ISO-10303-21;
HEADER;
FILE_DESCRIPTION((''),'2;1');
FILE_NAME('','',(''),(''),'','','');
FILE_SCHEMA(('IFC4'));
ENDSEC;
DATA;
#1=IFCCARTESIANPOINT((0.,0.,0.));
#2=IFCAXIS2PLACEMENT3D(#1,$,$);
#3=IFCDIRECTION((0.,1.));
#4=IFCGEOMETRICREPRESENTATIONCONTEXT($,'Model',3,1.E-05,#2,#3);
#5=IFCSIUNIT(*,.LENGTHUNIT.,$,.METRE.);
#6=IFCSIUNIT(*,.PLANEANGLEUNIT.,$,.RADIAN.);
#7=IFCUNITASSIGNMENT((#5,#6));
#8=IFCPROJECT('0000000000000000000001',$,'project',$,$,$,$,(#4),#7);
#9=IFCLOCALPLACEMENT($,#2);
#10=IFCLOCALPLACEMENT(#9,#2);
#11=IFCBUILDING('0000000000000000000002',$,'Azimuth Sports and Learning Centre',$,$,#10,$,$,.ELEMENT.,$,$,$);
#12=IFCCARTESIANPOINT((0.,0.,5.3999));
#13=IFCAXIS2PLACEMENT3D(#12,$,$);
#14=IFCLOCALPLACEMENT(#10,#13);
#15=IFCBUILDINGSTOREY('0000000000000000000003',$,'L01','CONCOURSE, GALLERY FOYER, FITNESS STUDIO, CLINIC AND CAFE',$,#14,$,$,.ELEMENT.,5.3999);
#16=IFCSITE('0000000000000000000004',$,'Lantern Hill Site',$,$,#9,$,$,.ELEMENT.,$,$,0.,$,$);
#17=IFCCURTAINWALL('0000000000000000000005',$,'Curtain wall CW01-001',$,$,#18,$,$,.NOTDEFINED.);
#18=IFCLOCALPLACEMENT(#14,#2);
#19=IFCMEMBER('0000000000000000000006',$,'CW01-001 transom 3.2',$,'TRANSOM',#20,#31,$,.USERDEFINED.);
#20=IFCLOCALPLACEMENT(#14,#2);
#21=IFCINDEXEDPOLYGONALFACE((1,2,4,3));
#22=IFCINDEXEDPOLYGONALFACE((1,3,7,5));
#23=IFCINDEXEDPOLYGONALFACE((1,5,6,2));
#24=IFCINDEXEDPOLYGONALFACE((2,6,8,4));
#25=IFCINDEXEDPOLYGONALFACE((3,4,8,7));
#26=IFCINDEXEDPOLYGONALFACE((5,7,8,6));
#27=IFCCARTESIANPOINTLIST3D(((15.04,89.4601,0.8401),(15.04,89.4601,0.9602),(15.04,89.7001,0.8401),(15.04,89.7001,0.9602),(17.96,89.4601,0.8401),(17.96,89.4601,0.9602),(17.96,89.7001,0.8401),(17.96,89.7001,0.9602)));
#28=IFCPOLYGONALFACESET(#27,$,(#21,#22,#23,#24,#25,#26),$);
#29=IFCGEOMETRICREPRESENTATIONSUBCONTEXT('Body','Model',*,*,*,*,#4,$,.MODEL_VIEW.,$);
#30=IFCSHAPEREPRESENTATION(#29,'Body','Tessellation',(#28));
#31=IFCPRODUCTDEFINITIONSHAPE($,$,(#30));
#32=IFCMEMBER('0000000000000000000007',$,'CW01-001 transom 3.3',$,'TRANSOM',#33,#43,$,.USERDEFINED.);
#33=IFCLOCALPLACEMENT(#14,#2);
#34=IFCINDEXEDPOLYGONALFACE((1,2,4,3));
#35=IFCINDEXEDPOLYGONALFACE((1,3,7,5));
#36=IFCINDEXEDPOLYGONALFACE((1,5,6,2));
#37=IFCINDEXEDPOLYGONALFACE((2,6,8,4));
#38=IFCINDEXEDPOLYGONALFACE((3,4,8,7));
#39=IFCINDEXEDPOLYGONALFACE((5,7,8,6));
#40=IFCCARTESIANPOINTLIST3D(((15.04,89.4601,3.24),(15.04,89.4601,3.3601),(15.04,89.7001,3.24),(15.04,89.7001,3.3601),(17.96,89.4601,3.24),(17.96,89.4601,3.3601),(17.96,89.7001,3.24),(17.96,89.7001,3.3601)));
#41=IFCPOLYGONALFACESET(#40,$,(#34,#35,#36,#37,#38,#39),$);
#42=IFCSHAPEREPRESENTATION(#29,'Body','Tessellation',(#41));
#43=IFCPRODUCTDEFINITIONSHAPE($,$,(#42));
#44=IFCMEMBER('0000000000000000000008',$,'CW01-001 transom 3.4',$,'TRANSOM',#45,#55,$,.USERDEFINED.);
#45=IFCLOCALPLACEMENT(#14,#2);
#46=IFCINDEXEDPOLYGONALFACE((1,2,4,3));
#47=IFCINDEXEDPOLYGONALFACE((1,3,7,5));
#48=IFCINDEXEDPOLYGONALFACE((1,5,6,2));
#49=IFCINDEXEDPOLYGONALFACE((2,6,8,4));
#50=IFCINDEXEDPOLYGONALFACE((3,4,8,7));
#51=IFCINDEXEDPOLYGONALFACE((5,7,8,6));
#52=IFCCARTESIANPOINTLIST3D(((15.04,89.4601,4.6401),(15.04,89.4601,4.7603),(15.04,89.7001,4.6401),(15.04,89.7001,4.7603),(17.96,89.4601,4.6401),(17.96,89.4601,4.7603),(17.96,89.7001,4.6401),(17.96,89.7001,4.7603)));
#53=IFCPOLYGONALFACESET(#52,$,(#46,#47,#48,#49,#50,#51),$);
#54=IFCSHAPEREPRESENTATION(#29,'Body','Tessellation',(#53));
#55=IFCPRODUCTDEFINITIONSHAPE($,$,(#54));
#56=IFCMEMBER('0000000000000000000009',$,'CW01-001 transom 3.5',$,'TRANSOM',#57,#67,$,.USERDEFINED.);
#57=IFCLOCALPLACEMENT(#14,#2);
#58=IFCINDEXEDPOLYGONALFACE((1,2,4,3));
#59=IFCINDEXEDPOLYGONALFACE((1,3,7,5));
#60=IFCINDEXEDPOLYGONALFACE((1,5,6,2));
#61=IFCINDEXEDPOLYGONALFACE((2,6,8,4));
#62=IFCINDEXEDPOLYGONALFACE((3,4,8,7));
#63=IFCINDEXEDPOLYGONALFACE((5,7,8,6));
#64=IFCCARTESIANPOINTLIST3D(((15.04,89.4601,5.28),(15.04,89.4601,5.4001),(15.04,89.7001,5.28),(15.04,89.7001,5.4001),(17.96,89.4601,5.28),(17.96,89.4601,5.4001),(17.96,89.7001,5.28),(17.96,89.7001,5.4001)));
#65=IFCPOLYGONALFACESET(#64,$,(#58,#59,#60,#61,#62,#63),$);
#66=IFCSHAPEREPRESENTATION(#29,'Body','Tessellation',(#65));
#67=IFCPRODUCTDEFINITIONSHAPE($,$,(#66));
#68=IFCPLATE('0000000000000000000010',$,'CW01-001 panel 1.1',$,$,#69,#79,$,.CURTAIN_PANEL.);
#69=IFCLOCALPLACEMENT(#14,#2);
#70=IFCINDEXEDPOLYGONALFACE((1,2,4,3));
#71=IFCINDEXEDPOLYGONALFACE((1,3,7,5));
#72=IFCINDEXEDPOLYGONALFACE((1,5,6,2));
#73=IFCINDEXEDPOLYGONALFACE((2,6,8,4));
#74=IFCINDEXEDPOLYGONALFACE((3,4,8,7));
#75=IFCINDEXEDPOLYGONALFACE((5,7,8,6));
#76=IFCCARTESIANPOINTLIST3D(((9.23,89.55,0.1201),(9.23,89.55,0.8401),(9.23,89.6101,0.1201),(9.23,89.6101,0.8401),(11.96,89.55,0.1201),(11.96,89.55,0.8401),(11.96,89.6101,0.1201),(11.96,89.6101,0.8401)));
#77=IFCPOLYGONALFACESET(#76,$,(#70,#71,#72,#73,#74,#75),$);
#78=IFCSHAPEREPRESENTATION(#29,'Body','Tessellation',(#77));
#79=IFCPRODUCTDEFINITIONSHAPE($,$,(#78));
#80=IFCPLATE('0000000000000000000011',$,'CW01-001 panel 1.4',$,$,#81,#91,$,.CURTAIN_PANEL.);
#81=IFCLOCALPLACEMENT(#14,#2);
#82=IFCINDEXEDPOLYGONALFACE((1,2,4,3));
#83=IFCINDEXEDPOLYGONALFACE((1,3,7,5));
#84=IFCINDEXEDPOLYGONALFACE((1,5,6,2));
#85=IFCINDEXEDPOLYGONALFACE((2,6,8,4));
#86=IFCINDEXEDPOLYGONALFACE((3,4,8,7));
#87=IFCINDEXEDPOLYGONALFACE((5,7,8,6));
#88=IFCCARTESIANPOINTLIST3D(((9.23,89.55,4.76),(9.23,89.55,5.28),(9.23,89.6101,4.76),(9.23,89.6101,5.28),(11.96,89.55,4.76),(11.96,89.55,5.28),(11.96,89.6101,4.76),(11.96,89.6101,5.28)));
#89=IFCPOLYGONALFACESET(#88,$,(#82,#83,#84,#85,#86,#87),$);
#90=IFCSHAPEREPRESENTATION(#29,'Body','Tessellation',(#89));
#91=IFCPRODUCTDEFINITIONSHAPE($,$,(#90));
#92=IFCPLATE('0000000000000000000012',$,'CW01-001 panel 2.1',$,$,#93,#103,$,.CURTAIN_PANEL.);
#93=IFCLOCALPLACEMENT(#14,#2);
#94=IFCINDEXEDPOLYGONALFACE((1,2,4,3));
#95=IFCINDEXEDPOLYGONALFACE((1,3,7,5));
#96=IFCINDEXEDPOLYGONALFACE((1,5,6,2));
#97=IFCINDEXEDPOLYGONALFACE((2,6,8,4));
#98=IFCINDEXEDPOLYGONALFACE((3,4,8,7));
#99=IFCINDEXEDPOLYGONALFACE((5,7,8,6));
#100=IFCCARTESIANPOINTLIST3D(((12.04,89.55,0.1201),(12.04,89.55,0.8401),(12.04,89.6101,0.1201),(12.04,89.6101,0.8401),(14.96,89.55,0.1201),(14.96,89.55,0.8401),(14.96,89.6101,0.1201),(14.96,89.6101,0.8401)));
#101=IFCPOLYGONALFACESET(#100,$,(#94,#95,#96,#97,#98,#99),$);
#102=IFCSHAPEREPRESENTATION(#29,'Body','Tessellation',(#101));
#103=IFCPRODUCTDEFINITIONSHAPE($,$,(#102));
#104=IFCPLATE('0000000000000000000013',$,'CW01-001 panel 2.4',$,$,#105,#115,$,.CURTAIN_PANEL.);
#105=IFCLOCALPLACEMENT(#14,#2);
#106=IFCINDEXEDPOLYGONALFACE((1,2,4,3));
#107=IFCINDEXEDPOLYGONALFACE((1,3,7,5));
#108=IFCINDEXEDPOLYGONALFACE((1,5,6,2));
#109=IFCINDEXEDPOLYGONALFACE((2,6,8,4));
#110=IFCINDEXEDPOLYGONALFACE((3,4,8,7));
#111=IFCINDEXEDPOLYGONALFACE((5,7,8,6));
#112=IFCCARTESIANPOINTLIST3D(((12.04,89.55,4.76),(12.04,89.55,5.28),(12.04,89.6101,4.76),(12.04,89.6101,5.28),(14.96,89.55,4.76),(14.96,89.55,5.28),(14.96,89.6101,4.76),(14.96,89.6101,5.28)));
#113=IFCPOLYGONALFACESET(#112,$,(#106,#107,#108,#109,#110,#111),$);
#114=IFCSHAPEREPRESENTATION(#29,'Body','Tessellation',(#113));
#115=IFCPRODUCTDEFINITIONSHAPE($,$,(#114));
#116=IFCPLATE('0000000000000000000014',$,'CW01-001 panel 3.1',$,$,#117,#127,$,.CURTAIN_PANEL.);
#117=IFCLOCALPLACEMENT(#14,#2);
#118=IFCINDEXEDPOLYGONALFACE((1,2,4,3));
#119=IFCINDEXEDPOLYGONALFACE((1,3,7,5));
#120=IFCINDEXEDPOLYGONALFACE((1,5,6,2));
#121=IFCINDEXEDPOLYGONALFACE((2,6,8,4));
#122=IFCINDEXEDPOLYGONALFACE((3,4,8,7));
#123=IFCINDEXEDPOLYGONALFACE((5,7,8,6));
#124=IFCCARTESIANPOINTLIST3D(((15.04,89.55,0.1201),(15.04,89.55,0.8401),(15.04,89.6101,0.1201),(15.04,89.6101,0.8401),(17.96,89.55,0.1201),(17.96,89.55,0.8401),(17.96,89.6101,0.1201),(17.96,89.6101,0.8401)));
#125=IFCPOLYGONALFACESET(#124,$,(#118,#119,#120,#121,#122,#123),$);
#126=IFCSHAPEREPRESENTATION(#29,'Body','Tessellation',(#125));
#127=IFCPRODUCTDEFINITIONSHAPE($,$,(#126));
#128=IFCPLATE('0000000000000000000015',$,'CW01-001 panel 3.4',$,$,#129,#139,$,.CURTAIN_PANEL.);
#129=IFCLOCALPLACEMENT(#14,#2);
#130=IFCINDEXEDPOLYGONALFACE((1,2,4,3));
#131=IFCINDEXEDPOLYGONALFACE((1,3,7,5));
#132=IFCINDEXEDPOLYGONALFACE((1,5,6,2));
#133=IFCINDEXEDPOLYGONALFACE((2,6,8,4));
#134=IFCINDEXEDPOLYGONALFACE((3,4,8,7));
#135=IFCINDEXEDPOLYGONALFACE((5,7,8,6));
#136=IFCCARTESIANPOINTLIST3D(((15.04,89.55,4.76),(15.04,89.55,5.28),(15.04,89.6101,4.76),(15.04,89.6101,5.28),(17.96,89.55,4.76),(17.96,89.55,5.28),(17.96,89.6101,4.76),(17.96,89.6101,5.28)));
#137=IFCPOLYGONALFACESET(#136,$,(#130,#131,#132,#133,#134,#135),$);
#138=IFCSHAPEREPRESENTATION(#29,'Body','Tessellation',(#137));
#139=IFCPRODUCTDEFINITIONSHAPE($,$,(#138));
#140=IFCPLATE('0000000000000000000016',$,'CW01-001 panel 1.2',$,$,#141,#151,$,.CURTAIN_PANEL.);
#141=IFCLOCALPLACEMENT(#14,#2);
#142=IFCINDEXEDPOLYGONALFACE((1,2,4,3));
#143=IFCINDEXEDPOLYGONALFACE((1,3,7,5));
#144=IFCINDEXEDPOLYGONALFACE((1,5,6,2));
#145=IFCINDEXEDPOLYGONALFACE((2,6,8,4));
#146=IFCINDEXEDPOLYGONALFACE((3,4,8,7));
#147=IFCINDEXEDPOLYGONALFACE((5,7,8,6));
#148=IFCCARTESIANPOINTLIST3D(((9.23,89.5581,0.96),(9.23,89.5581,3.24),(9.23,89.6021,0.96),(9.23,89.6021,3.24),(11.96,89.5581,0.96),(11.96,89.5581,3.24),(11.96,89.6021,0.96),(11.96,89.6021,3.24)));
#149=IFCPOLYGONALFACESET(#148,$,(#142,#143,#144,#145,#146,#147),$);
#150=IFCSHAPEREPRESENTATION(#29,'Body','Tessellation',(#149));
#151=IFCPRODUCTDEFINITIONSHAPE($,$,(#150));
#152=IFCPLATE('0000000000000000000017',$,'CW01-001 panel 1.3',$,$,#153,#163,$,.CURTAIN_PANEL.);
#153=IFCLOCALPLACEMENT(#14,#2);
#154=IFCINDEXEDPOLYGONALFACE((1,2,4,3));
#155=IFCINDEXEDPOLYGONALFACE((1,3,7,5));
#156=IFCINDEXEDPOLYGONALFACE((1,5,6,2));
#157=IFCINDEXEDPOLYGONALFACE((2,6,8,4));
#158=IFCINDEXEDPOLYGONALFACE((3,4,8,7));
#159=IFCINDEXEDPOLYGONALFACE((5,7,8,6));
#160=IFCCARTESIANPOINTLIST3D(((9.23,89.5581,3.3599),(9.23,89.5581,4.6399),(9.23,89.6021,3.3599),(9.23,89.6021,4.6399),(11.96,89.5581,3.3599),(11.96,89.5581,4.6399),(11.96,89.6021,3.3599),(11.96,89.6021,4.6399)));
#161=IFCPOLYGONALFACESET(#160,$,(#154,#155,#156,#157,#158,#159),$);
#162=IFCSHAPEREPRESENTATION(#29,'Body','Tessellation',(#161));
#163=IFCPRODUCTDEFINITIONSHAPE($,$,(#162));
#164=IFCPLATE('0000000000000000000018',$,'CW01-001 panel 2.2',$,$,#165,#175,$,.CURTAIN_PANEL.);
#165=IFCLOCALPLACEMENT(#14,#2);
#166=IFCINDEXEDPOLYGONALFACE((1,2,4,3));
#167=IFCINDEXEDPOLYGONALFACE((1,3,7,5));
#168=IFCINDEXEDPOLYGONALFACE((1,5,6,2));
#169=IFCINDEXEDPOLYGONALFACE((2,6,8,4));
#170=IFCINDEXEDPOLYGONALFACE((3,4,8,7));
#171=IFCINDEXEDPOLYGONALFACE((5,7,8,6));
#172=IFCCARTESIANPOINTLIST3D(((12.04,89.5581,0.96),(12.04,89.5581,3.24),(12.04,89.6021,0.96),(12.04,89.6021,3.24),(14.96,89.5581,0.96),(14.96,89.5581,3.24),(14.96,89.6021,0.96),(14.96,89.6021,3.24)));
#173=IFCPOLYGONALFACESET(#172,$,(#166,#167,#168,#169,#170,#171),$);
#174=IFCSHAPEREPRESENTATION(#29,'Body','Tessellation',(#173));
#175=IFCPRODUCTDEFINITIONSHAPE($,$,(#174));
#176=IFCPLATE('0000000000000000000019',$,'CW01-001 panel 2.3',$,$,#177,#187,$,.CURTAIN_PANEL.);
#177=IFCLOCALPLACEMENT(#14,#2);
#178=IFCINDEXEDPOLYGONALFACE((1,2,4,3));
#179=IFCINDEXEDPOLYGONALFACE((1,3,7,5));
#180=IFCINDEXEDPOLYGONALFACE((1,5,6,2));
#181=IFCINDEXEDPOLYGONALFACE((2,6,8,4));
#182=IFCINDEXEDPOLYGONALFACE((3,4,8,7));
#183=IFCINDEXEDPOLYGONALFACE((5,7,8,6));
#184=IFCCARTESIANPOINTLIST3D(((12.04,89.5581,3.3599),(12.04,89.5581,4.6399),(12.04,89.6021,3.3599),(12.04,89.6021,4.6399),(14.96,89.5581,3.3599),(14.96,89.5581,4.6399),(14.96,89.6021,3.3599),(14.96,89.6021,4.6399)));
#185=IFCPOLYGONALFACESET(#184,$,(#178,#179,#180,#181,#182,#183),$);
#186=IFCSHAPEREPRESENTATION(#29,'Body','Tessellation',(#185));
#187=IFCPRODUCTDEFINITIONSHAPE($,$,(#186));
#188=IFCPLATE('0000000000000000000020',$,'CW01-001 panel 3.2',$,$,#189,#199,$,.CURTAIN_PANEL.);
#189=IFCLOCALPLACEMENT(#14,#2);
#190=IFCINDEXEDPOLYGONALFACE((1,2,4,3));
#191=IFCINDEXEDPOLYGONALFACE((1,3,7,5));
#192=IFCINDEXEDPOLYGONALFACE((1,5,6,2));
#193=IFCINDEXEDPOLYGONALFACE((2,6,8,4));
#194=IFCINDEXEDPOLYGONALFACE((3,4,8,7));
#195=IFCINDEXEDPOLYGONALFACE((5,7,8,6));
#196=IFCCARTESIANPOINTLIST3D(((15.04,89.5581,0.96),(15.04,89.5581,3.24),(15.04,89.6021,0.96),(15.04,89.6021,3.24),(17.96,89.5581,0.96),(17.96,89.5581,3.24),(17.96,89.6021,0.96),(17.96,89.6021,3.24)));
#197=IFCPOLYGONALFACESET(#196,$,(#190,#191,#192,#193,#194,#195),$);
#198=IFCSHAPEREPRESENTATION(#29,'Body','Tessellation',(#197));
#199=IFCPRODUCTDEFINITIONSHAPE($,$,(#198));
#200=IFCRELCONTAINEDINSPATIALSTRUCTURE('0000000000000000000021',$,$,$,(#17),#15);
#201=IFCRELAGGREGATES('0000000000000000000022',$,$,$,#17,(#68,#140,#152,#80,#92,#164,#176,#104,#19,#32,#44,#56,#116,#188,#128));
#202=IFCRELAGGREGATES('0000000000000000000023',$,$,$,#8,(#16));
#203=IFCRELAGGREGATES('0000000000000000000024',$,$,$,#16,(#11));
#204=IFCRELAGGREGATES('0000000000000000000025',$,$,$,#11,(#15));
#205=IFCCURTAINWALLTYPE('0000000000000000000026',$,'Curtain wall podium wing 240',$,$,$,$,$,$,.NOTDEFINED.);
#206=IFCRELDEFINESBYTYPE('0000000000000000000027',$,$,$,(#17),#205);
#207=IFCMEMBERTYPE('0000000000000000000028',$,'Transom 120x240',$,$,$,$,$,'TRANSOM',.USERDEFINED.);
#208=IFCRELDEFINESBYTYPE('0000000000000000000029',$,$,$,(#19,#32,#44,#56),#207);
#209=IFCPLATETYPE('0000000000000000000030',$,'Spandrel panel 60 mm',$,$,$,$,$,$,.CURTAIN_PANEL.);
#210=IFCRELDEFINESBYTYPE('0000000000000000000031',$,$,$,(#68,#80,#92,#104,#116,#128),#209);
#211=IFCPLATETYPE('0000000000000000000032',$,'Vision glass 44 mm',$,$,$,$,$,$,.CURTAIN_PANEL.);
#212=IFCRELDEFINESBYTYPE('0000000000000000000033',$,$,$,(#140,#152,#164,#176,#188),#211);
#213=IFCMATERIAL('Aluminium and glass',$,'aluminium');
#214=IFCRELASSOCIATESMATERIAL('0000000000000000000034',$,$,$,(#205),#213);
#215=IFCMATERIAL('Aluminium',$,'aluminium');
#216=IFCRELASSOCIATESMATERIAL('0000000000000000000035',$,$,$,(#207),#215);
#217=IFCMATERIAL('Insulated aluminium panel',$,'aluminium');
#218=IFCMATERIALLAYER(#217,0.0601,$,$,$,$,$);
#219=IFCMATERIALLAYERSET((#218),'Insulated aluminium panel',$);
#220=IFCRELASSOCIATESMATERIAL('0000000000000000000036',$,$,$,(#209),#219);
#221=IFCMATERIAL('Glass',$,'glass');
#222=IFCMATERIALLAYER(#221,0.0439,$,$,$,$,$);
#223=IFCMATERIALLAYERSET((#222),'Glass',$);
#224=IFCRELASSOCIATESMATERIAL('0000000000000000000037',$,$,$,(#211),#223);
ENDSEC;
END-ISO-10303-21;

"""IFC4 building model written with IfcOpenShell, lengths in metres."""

from ifc_helpers import new_model, si_unit, direction, frame, origin, origin_2d, place, context, subcontext, project, spatial, rectangle, extrude, material, layer, layer_set, material_profile, profile_set, type_object, element, aggregate, save


model = new_model("IFC4")

# Units and contexts
model_context = context("Model", 3, precision=1e-05, world=origin(), true_north=direction((0.0, 1.0)))
body_context = subcontext(model_context, "Body", "Model", "MODEL_VIEW")
ifc_project = project(units=[si_unit("LENGTHUNIT", "METRE"), si_unit("PLANEANGLEUNIT", "RADIAN")], contexts=[model_context])

# Site, building, storey
site_placement = place(None, origin())
site = spatial("IfcSite", under=ifc_project, at=site_placement, Name="Lantern Hill Site", CompositionType="ELEMENT", RefElevation=0.0)
building_placement = place(site_placement, origin())
building = spatial("IfcBuilding", under=site, at=building_placement, Name="Azimuth Sports and Learning Centre", CompositionType="ELEMENT")
storey_placement = place(building_placement, frame((0.0, 0.0, 5.3999)))
storey = spatial("IfcBuildingStorey", under=building, at=storey_placement, Name="L01", Description="CONCOURSE, GALLERY FOYER, FITNESS STUDIO, CLINIC AND CAFE", CompositionType="ELEMENT", Elevation=5.3999)

# Curtain wall, members, plates
ifc_material_1 = material(Name="Aluminium and glass", Category="aluminium")
curtain_wall_type = type_object("IfcCurtainWallType", Name="Curtain wall podium wing 240", PredefinedType="NOTDEFINED", material=ifc_material_1)
curtain_wall_placement = place(storey_placement, origin())
curtain_wall = element("IfcCurtainWall", 1, at=curtain_wall_placement, inside=storey, type_object=curtain_wall_type, Name="Curtain wall CW01-001", PredefinedType="NOTDEFINED")
ifc_material_2 = material(Name="Aluminium", Category="aluminium")
ifc_material_profile_1 = material_profile(ifc_material_2, rectangle(XDim=0.24, YDim=0.1201, at=origin_2d()), Name="Transom 120x240")
ifc_profile_set_1 = profile_set([ifc_material_profile_1], Name="Aluminium")
member_type_1 = type_object("IfcMemberType", Name="Transom 120x240", ElementType="TRANSOM", PredefinedType="USERDEFINED", material=ifc_profile_set_1)
member_1_placement = place(storey_placement, frame((15.04, 89.5801, 0.9001), z_axis=(1.0, 0.0, 0.0), x_axis=(0.0, 1.0, 0.0)))
member_1 = element("IfcMember", 2, at=member_1_placement, type_object=member_type_1, Name="CW01-001 transom 3.2", ObjectType="TRANSOM", PredefinedType="USERDEFINED", context=body_context, shape_type="SweptSolid", body=[
    extrude(rectangle(XDim=0.24, YDim=0.1201, at=origin_2d()), origin(), (0.0, 0.0, 1.0), 2.9199),
])
member_2_placement = place(storey_placement, frame((15.04, 89.5801, 3.3), z_axis=(1.0, 0.0, 0.0), x_axis=(0.0, 1.0, 0.0)))
member_2 = element("IfcMember", 3, at=member_2_placement, type_object=member_type_1, Name="CW01-001 transom 3.3", ObjectType="TRANSOM", PredefinedType="USERDEFINED", context=body_context, shape_type="SweptSolid", body=[
    extrude(rectangle(XDim=0.24, YDim=0.1201, at=origin_2d()), origin(), (0.0, 0.0, 1.0), 2.9199),
])
member_3_placement = place(storey_placement, frame((15.04, 89.5801, 4.7002), z_axis=(1.0, 0.0, 0.0), x_axis=(0.0, 1.0, 0.0)))
member_3 = element("IfcMember", 4, at=member_3_placement, type_object=member_type_1, Name="CW01-001 transom 3.4", ObjectType="TRANSOM", PredefinedType="USERDEFINED", context=body_context, shape_type="SweptSolid", body=[
    extrude(rectangle(XDim=0.24, YDim=0.1201, at=origin_2d()), origin(), (0.0, 0.0, 1.0), 2.9199),
])
member_4_placement = place(storey_placement, frame((15.04, 89.5801, 5.3401), z_axis=(1.0, 0.0, 0.0), x_axis=(0.0, 1.0, 0.0)))
member_4 = element("IfcMember", 5, at=member_4_placement, type_object=member_type_1, Name="CW01-001 transom 3.5", ObjectType="TRANSOM", PredefinedType="USERDEFINED", context=body_context, shape_type="SweptSolid", body=[
    extrude(rectangle(XDim=0.24, YDim=0.1201, at=origin_2d()), origin(), (0.0, 0.0, 1.0), 2.9199),
])
ifc_material_3 = material(Name="Insulated aluminium panel", Category="aluminium")
ifc_layer_1 = layer(ifc_material_3, 0.0601)
ifc_layer_set_1 = layer_set([ifc_layer_1], Name="Insulated aluminium panel")
plate_type_1 = type_object("IfcPlateType", Name="Spandrel panel 60 mm", PredefinedType="CURTAIN_PANEL", material=ifc_layer_set_1)
plate_1_placement = place(storey_placement, frame((10.595, 89.5801, 0.1201), z_axis=(0.0, 0.0, 1.0), x_axis=(1.0, 0.0, 0.0)))
plate_1 = element("IfcPlate", 6, at=plate_1_placement, type_object=plate_type_1, Name="CW01-001 panel 1.1", PredefinedType="CURTAIN_PANEL", context=body_context, shape_type="SweptSolid", body=[
    extrude(rectangle(XDim=2.73, YDim=0.0601, at=origin_2d()), origin(), (0.0, 0.0, 1.0), 0.72),
])
plate_2_placement = place(storey_placement, frame((10.595, 89.5801, 4.76), z_axis=(0.0, 0.0, 1.0), x_axis=(1.0, 0.0, 0.0)))
plate_2 = element("IfcPlate", 7, at=plate_2_placement, type_object=plate_type_1, Name="CW01-001 panel 1.4", PredefinedType="CURTAIN_PANEL", context=body_context, shape_type="SweptSolid", body=[
    extrude(rectangle(XDim=2.73, YDim=0.0601, at=origin_2d()), origin(), (0.0, 0.0, 1.0), 0.52),
])
plate_3_placement = place(storey_placement, frame((13.5, 89.5801, 0.1201), z_axis=(0.0, 0.0, 1.0), x_axis=(1.0, 0.0, 0.0)))
plate_3 = element("IfcPlate", 8, at=plate_3_placement, type_object=plate_type_1, Name="CW01-001 panel 2.1", PredefinedType="CURTAIN_PANEL", context=body_context, shape_type="SweptSolid", body=[
    extrude(rectangle(XDim=2.9199, YDim=0.0601, at=origin_2d()), origin(), (0.0, 0.0, 1.0), 0.72),
])
plate_4_placement = place(storey_placement, frame((13.5, 89.5801, 4.76), z_axis=(0.0, 0.0, 1.0), x_axis=(1.0, 0.0, 0.0)))
plate_4 = element("IfcPlate", 9, at=plate_4_placement, type_object=plate_type_1, Name="CW01-001 panel 2.4", PredefinedType="CURTAIN_PANEL", context=body_context, shape_type="SweptSolid", body=[
    extrude(rectangle(XDim=2.9199, YDim=0.0601, at=origin_2d()), origin(), (0.0, 0.0, 1.0), 0.52),
])
plate_5_placement = place(storey_placement, frame((16.5, 89.5801, 0.1201), z_axis=(0.0, 0.0, 1.0), x_axis=(1.0, 0.0, 0.0)))
plate_5 = element("IfcPlate", 10, at=plate_5_placement, type_object=plate_type_1, Name="CW01-001 panel 3.1", PredefinedType="CURTAIN_PANEL", context=body_context, shape_type="SweptSolid", body=[
    extrude(rectangle(XDim=2.9199, YDim=0.0601, at=origin_2d()), origin(), (0.0, 0.0, 1.0), 0.72),
])
plate_6_placement = place(storey_placement, frame((16.5, 89.5801, 4.76), z_axis=(0.0, 0.0, 1.0), x_axis=(1.0, 0.0, 0.0)))
plate_6 = element("IfcPlate", 11, at=plate_6_placement, type_object=plate_type_1, Name="CW01-001 panel 3.4", PredefinedType="CURTAIN_PANEL", context=body_context, shape_type="SweptSolid", body=[
    extrude(rectangle(XDim=2.9199, YDim=0.0601, at=origin_2d()), origin(), (0.0, 0.0, 1.0), 0.52),
])
ifc_material_4 = material(Name="Glass", Category="glass")
ifc_layer_2 = layer(ifc_material_4, 0.0439)
ifc_layer_set_2 = layer_set([ifc_layer_2], Name="Glass")
plate_type_2 = type_object("IfcPlateType", Name="Vision glass 44 mm", PredefinedType="CURTAIN_PANEL", material=ifc_layer_set_2)
plate_7_placement = place(storey_placement, frame((10.595, 89.5801, 0.96), z_axis=(0.0, 0.0, 1.0), x_axis=(1.0, 0.0, 0.0)))
plate_7 = element("IfcPlate", 12, at=plate_7_placement, type_object=plate_type_2, Name="CW01-001 panel 1.2", PredefinedType="CURTAIN_PANEL", context=body_context, shape_type="SweptSolid", body=[
    extrude(rectangle(XDim=2.73, YDim=0.0439, at=origin_2d()), origin(), (0.0, 0.0, 1.0), 2.28),
])
plate_8_placement = place(storey_placement, frame((10.595, 89.5801, 3.3599), z_axis=(0.0, 0.0, 1.0), x_axis=(1.0, 0.0, 0.0)))
plate_8 = element("IfcPlate", 13, at=plate_8_placement, type_object=plate_type_2, Name="CW01-001 panel 1.3", PredefinedType="CURTAIN_PANEL", context=body_context, shape_type="SweptSolid", body=[
    extrude(rectangle(XDim=2.73, YDim=0.0439, at=origin_2d()), origin(), (0.0, 0.0, 1.0), 1.28),
])
plate_9_placement = place(storey_placement, frame((13.5, 89.5801, 0.96), z_axis=(0.0, 0.0, 1.0), x_axis=(1.0, 0.0, 0.0)))
plate_9 = element("IfcPlate", 14, at=plate_9_placement, type_object=plate_type_2, Name="CW01-001 panel 2.2", PredefinedType="CURTAIN_PANEL", context=body_context, shape_type="SweptSolid", body=[
    extrude(rectangle(XDim=2.9199, YDim=0.0439, at=origin_2d()), origin(), (0.0, 0.0, 1.0), 2.28),
])
plate_10_placement = place(storey_placement, frame((13.5, 89.5801, 3.3599), z_axis=(0.0, 0.0, 1.0), x_axis=(1.0, 0.0, 0.0)))
plate_10 = element("IfcPlate", 15, at=plate_10_placement, type_object=plate_type_2, Name="CW01-001 panel 2.3", PredefinedType="CURTAIN_PANEL", context=body_context, shape_type="SweptSolid", body=[
    extrude(rectangle(XDim=2.9199, YDim=0.0439, at=origin_2d()), origin(), (0.0, 0.0, 1.0), 1.28),
])
plate_11_placement = place(storey_placement, frame((16.5, 89.5801, 0.96), z_axis=(0.0, 0.0, 1.0), x_axis=(1.0, 0.0, 0.0)))
plate_11 = element("IfcPlate", 16, at=plate_11_placement, type_object=plate_type_2, Name="CW01-001 panel 3.2", PredefinedType="CURTAIN_PANEL", context=body_context, shape_type="SweptSolid", body=[
    extrude(rectangle(XDim=2.9199, YDim=0.0439, at=origin_2d()), origin(), (0.0, 0.0, 1.0), 2.28),
])
aggregate(curtain_wall, [plate_1, plate_7, plate_8, plate_2, plate_3, plate_9, plate_10, plate_4, member_1, member_2, member_3, member_4, plate_5, plate_11, plate_6])

save(model, "model.ifc")
